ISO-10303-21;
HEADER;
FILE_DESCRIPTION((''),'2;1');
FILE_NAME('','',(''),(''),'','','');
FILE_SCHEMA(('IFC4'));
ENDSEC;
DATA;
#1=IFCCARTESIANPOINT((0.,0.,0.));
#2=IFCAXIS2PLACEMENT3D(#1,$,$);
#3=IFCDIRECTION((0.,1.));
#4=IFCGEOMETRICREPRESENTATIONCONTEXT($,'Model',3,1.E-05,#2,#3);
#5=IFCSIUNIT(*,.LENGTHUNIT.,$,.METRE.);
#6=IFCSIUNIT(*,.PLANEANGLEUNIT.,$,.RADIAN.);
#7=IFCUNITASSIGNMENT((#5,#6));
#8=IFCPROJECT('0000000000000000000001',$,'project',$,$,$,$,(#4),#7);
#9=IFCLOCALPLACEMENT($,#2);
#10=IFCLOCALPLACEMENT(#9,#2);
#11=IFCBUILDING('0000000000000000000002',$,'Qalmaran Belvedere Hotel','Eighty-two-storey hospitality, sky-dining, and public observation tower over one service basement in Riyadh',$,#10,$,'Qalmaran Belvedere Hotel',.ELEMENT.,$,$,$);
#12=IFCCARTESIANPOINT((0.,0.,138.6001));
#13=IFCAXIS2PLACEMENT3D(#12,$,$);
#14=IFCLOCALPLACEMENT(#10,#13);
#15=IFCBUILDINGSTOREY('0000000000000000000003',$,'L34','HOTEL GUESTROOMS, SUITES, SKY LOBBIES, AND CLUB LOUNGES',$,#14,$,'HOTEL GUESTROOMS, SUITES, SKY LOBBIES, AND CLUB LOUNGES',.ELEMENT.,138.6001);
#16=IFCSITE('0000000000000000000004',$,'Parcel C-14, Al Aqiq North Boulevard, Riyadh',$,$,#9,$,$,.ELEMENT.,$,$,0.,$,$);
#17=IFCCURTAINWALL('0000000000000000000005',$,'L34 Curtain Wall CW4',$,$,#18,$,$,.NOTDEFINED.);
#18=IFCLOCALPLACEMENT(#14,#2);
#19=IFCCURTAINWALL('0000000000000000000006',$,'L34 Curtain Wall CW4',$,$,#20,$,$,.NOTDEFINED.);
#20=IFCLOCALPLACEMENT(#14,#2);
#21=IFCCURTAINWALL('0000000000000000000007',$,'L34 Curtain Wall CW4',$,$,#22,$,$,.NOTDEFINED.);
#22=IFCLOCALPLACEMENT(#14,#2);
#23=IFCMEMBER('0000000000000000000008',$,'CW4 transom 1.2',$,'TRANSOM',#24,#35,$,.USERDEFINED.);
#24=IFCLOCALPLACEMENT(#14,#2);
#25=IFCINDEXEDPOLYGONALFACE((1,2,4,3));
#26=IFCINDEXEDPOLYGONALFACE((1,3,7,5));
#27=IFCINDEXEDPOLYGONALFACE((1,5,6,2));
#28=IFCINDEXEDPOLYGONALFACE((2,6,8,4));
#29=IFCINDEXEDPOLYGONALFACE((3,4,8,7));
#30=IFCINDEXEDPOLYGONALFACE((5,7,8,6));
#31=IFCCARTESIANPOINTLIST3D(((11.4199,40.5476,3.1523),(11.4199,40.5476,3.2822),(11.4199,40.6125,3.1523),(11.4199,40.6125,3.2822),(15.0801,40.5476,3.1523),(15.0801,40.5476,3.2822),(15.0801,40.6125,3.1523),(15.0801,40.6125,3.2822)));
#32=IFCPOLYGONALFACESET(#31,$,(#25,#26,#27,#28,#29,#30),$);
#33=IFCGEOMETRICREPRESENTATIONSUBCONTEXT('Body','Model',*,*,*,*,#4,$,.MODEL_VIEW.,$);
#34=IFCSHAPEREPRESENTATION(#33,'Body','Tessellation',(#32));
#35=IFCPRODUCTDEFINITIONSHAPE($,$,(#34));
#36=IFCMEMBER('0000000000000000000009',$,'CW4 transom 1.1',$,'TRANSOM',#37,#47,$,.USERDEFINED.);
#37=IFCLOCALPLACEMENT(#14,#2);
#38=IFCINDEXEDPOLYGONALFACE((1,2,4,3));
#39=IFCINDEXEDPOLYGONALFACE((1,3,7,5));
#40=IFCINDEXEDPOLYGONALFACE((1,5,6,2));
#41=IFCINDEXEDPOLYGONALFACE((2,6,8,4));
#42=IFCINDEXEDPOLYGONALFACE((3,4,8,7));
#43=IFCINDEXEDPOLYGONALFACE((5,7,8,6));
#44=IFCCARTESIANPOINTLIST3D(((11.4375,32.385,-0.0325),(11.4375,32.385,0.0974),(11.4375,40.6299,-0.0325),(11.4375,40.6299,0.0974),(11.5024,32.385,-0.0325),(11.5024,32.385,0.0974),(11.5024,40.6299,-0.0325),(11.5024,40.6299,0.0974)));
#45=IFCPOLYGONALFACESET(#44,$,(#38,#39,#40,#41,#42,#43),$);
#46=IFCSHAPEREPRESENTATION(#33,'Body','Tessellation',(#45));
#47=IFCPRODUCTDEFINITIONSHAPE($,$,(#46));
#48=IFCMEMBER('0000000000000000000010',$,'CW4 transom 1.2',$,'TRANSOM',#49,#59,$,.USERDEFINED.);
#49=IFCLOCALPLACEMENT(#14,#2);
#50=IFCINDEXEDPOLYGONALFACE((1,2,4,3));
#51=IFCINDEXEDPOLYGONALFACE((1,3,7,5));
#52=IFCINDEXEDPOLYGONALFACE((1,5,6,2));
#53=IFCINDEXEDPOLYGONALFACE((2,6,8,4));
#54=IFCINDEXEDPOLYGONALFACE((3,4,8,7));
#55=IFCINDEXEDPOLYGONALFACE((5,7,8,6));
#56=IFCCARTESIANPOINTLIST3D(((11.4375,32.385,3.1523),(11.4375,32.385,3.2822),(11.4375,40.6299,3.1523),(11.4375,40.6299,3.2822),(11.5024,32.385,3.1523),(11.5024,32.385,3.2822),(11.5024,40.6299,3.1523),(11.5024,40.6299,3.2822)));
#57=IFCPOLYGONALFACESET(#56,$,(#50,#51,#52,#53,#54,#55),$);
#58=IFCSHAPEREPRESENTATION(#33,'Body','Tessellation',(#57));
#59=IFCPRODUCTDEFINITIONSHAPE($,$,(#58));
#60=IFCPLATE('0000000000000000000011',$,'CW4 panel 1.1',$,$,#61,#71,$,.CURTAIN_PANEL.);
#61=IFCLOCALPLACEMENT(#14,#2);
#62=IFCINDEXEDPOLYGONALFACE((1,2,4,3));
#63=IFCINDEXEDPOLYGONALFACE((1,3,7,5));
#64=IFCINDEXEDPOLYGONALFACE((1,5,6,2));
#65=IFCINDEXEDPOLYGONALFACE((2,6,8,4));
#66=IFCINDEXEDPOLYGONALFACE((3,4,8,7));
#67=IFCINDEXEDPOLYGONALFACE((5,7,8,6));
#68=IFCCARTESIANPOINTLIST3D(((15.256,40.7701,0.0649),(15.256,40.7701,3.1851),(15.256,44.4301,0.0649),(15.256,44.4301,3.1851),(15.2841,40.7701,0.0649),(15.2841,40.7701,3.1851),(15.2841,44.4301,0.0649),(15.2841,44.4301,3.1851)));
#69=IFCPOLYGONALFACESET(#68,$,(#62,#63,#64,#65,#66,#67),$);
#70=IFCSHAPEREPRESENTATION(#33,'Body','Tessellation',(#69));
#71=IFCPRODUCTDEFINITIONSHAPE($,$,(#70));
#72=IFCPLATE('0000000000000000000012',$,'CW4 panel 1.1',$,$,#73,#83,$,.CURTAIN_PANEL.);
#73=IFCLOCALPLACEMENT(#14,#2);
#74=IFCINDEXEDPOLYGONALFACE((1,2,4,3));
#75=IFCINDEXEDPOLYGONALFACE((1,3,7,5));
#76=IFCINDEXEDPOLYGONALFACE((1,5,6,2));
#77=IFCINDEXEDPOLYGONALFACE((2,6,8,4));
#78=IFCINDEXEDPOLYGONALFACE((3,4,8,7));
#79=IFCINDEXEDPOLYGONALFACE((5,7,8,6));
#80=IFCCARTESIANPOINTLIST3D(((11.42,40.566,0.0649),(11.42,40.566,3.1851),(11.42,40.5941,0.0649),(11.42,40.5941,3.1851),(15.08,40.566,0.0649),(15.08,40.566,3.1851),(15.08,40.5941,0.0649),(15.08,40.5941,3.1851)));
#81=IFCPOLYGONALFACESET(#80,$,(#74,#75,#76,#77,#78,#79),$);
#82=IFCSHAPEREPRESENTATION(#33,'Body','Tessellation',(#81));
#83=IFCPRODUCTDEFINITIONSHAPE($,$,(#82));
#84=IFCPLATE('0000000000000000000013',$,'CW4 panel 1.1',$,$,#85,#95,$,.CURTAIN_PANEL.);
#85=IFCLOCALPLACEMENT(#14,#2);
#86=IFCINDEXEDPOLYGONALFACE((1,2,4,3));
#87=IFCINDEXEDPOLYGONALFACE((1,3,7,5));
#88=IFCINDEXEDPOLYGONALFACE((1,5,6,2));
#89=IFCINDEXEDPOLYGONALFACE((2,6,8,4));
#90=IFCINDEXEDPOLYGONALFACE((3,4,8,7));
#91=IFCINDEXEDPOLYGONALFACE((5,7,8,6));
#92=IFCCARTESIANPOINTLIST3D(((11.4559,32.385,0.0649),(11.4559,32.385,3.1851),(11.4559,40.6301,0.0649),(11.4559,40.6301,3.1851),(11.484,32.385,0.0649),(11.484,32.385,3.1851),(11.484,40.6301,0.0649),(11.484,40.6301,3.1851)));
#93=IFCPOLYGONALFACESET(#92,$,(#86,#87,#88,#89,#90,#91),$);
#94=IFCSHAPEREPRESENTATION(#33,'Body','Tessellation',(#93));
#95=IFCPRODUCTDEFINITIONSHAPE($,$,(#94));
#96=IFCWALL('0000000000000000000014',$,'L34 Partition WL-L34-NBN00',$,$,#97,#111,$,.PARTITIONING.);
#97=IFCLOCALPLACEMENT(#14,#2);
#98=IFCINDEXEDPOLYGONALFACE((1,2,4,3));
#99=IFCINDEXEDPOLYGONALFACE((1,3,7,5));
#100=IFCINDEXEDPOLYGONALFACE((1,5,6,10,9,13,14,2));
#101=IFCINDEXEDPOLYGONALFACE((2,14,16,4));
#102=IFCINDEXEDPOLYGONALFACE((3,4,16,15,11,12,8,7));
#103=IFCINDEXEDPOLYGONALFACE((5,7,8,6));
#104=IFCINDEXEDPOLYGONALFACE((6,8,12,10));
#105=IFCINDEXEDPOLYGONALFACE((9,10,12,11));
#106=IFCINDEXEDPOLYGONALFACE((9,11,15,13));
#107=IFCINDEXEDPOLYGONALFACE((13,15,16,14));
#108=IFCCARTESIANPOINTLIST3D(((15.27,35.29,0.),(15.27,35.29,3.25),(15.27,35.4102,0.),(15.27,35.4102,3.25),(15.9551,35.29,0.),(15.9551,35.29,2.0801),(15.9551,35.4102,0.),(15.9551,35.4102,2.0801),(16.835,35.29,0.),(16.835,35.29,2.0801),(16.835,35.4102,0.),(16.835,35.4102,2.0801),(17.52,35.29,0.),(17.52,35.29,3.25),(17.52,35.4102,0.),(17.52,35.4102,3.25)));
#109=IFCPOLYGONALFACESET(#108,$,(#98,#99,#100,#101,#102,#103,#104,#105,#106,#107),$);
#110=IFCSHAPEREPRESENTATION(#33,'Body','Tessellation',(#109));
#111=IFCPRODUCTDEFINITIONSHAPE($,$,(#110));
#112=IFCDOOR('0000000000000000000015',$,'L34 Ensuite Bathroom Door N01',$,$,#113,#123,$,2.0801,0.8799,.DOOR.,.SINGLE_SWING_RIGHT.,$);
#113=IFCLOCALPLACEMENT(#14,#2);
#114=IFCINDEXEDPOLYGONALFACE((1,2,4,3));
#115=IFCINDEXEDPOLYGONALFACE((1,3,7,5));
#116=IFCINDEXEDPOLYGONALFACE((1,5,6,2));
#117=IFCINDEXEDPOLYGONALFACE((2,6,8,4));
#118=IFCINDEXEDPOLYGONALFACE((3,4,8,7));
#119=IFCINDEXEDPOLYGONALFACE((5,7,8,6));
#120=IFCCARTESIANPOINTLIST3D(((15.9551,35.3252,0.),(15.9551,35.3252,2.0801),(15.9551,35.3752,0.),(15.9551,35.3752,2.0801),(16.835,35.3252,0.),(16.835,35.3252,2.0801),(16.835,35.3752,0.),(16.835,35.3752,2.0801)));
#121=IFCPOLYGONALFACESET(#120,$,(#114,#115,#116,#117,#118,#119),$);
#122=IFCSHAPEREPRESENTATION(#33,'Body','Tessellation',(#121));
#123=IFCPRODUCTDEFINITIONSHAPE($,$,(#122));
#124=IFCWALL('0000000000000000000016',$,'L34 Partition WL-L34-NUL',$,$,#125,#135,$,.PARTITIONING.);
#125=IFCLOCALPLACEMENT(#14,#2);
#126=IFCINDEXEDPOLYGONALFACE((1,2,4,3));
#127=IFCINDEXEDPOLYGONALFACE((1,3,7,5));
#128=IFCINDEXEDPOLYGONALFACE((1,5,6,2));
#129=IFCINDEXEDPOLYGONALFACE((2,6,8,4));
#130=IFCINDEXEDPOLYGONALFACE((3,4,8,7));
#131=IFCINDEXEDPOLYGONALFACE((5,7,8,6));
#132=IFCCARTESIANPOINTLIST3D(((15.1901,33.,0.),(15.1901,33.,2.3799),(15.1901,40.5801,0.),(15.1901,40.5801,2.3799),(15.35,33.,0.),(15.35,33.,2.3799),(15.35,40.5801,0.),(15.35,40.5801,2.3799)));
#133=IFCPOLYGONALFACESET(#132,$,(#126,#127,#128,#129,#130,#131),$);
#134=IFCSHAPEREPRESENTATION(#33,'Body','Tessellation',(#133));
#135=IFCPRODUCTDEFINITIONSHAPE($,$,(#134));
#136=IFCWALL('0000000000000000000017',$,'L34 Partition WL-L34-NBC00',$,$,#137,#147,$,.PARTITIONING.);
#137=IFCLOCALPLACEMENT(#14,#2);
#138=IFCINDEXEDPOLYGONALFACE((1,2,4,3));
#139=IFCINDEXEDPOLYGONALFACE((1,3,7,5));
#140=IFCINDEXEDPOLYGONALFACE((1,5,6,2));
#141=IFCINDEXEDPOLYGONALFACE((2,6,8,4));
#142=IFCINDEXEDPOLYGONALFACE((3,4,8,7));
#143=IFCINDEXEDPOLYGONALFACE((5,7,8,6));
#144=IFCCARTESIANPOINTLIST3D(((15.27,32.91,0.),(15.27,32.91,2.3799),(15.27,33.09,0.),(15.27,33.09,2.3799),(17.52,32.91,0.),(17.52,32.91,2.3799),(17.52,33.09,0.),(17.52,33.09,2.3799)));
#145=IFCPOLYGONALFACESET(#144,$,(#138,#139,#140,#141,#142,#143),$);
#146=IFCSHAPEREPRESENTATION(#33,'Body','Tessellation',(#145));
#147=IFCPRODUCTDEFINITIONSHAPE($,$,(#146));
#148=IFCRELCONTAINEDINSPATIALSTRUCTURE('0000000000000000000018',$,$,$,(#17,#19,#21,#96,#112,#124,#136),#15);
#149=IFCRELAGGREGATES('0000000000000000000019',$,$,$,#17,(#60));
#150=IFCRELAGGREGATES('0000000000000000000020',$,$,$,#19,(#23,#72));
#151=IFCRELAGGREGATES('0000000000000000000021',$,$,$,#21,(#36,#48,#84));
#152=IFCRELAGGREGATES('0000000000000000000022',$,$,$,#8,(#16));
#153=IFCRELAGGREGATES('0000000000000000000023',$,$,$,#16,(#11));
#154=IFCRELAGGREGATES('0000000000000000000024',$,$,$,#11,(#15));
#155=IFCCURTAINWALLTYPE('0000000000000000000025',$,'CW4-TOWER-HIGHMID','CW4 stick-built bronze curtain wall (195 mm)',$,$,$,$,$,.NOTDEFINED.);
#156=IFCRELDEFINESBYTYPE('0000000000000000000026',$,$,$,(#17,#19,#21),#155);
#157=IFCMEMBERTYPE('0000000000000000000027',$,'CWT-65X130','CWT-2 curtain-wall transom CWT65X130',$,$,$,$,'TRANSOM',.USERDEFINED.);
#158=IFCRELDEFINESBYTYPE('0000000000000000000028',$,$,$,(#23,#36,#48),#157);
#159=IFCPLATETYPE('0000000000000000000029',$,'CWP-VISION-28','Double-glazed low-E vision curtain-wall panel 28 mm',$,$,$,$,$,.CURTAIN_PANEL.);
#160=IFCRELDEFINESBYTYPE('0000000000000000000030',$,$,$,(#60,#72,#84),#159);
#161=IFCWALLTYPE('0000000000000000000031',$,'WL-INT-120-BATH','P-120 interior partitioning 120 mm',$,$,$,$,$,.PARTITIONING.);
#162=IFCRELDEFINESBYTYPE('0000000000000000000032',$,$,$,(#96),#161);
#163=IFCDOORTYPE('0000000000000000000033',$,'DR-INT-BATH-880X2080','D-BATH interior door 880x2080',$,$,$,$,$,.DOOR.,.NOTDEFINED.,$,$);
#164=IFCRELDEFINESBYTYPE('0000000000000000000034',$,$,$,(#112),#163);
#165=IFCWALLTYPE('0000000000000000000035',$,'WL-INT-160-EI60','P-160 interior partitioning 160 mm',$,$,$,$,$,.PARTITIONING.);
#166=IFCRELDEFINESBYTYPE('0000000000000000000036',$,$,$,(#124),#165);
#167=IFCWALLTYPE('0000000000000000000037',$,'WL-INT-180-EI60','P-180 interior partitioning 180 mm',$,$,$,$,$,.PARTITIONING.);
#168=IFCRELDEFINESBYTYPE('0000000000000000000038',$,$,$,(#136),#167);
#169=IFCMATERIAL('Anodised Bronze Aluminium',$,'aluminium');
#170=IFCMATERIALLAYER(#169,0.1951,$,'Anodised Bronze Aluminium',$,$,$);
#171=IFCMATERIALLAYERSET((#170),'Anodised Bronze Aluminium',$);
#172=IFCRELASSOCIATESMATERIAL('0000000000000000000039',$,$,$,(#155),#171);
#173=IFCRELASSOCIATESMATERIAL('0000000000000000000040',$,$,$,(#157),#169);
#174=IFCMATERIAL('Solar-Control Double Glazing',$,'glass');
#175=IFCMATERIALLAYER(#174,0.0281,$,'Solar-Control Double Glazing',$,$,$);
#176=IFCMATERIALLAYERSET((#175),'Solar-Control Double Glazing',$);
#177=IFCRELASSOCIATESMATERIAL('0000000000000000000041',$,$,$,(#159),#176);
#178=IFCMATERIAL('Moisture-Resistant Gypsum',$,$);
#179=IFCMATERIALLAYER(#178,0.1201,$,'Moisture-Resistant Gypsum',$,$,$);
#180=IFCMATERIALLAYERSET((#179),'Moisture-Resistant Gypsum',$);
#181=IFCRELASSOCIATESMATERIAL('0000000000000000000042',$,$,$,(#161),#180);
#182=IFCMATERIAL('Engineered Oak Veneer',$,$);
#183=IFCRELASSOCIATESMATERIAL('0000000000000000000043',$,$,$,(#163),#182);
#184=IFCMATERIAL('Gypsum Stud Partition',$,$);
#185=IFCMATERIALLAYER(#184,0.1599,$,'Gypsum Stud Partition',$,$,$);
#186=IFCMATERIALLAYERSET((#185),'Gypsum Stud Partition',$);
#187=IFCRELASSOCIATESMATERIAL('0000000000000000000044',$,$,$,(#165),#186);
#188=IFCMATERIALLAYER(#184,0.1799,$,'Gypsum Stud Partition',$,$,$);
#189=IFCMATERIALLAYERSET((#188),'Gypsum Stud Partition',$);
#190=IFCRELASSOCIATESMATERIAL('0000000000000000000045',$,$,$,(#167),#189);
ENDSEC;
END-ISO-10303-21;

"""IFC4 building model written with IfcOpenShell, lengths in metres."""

from ifc_helpers import new_model, si_unit, direction, frame, frame_2d, origin, origin_2d, place, context, subcontext, project, spatial, rectangle, extrude, material, layer, layer_set, material_profile, profile_set, type_object, element, fill, aggregate, save


model = new_model("IFC4")

# Units and contexts
model_context = context("Model", 3, precision=1e-05, world=origin(), true_north=direction((0.0, 1.0)))
body_context = subcontext(model_context, "Body", "Model", "MODEL_VIEW")
ifc_project = project(units=[si_unit("LENGTHUNIT", "METRE"), si_unit("PLANEANGLEUNIT", "RADIAN")], contexts=[model_context])

# Site, building, storey
site_placement = place(None, origin())
site = spatial("IfcSite", under=ifc_project, at=site_placement, Name="Parcel C-14, Al Aqiq North Boulevard, Riyadh", CompositionType="ELEMENT", RefElevation=0.0)
building_placement = place(site_placement, origin())
building = spatial("IfcBuilding", under=site, at=building_placement, Name="Qalmaran Belvedere Hotel", Description="Eighty-two-storey hospitality, sky-dining, and public observation tower over one service basement in Riyadh", LongName="Qalmaran Belvedere Hotel", CompositionType="ELEMENT")
storey_placement = place(building_placement, frame((0.0, 0.0, 138.6001)))
storey = spatial("IfcBuildingStorey", under=building, at=storey_placement, Name="L34", Description="HOTEL GUESTROOMS, SUITES, SKY LOBBIES, AND CLUB LOUNGES", LongName="HOTEL GUESTROOMS, SUITES, SKY LOBBIES, AND CLUB LOUNGES", CompositionType="ELEMENT", Elevation=138.6001)

# Shared definitions
ifc_material_1 = material(Name="Anodised Bronze Aluminium", Category="aluminium")
ifc_layer_1 = layer(ifc_material_1, 0.1951, Name="Anodised Bronze Aluminium")
ifc_layer_set_1 = layer_set([ifc_layer_1], Name="Anodised Bronze Aluminium")
curtain_wall_type = type_object("IfcCurtainWallType", Name="CW4-TOWER-HIGHMID", Description="CW4 stick-built bronze curtain wall (195 mm)", PredefinedType="NOTDEFINED", material=ifc_layer_set_1)

# Curtain walls
curtain_wall_1_placement = place(storey_placement, origin())
curtain_wall_1 = element("IfcCurtainWall", 1, at=curtain_wall_1_placement, inside=storey, type_object=curtain_wall_type, Name="L34 Curtain Wall CW4", PredefinedType="NOTDEFINED")
curtain_wall_2_placement = place(storey_placement, origin())
curtain_wall_2 = element("IfcCurtainWall", 2, at=curtain_wall_2_placement, inside=storey, type_object=curtain_wall_type, Name="L34 Curtain Wall CW4", PredefinedType="NOTDEFINED")

# Curtain wall
curtain_wall_3_placement = place(storey_placement, origin())
curtain_wall_3 = element("IfcCurtainWall", 3, at=curtain_wall_3_placement, inside=storey, type_object=curtain_wall_type, Name="L34 Curtain Wall CW4", PredefinedType="NOTDEFINED")

# Members
ifc_material_profile_1 = material_profile(ifc_material_1, rectangle(XDim=0.0649, YDim=0.1299, at=origin_2d()), Name="CWT65X130")
ifc_profile_set_1 = profile_set([ifc_material_profile_1], Name="Anodised Bronze Aluminium")
member_type_1 = type_object("IfcMemberType", Name="CWT-65X130", Description="CWT-2 curtain-wall transom CWT65X130", ElementType="TRANSOM", PredefinedType="USERDEFINED", material=ifc_profile_set_1)
member_1_placement = place(storey_placement, frame((15.0801, 40.5801, 3.2173), z_axis=(-1.0, 0.0, 0.0), x_axis=(0.0, -1.0, 0.0)))
member_1 = element("IfcMember", 4, at=member_1_placement, type_object=member_type_1, Name="CW4 transom 1.2", ObjectType="TRANSOM", PredefinedType="USERDEFINED", context=body_context, shape_type="SweptSolid", body=[
    extrude(rectangle(XDim=0.0649, YDim=0.1299, at=origin_2d()), origin(), (0.0, 0.0, 1.0), 3.6602),
])
member_2_placement = place(storey_placement, frame((11.47, 40.6299, 0.0325), z_axis=(0.0, -1.0, 0.0), x_axis=(1.0, 0.0, 0.0)))
member_2 = element("IfcMember", 5, at=member_2_placement, type_object=member_type_1, Name="CW4 transom 1.1", ObjectType="TRANSOM", PredefinedType="USERDEFINED", context=body_context, shape_type="SweptSolid", body=[
    extrude(rectangle(XDim=0.0649, YDim=0.1299, at=origin_2d()), origin(), (0.0, 0.0, 1.0), 8.2449),
])
member_3_placement = place(storey_placement, frame((11.47, 40.6299, 3.2173), z_axis=(0.0, -1.0, 0.0), x_axis=(1.0, 0.0, 0.0)))
member_3 = element("IfcMember", 6, at=member_3_placement, type_object=member_type_1, Name="CW4 transom 1.2", ObjectType="TRANSOM", PredefinedType="USERDEFINED", context=body_context, shape_type="SweptSolid", body=[
    extrude(rectangle(XDim=0.0649, YDim=0.1299, at=origin_2d()), origin(), (0.0, 0.0, 1.0), 8.2449),
])

# Plates
ifc_material_2 = material(Name="Solar-Control Double Glazing", Category="glass")
ifc_layer_2 = layer(ifc_material_2, 0.0281, Name="Solar-Control Double Glazing")
ifc_layer_set_2 = layer_set([ifc_layer_2], Name="Solar-Control Double Glazing")
plate_type = type_object("IfcPlateType", Name="CWP-VISION-28", Description="Double-glazed low-E vision curtain-wall panel 28 mm", PredefinedType="CURTAIN_PANEL", material=ifc_layer_set_2)
plate_1_placement = place(storey_placement, frame((15.27, 42.6001, 0.0649), z_axis=(0.0, 0.0, 1.0), x_axis=(0.0, -1.0, 0.0)))
plate_1 = element("IfcPlate", 7, at=plate_1_placement, type_object=plate_type, Name="CW4 panel 1.1", PredefinedType="CURTAIN_PANEL", context=body_context, shape_type="SweptSolid", body=[
    extrude(rectangle(XDim=3.6599, YDim=0.0281, at=origin_2d()), origin(), (0.0, 0.0, 1.0), 3.1201),
])
aggregate(curtain_wall_1, [plate_1])
plate_2_placement = place(storey_placement, frame((13.25, 40.5801, 0.0649), z_axis=(0.0, 0.0, 1.0), x_axis=(-1.0, 0.0, 0.0)))
plate_2 = element("IfcPlate", 8, at=plate_2_placement, type_object=plate_type, Name="CW4 panel 1.1", PredefinedType="CURTAIN_PANEL", context=body_context, shape_type="SweptSolid", body=[
    extrude(rectangle(XDim=3.6599, YDim=0.0281, at=origin_2d()), origin(), (0.0, 0.0, 1.0), 3.1201),
])
aggregate(curtain_wall_2, [member_1, plate_2])
plate_3_placement = place(storey_placement, frame((11.47, 36.5076, 0.0649), z_axis=(0.0, 0.0, 1.0), x_axis=(0.0, -1.0, 0.0)))
plate_3 = element("IfcPlate", 9, at=plate_3_placement, type_object=plate_type, Name="CW4 panel 1.1", PredefinedType="CURTAIN_PANEL", context=body_context, shape_type="SweptSolid", body=[
    extrude(rectangle(XDim=8.2451, YDim=0.0281, at=origin_2d()), origin(), (0.0, 0.0, 1.0), 3.1201),
])
aggregate(curtain_wall_3, [member_2, member_3, plate_3])

# Wall, opening, door
ifc_material_3 = material(Name="Moisture-Resistant Gypsum")
ifc_layer_3 = layer(ifc_material_3, 0.1201, Name="Moisture-Resistant Gypsum")
ifc_layer_set_3 = layer_set([ifc_layer_3], Name="Moisture-Resistant Gypsum")
wall_type_1 = type_object("IfcWallType", Name="WL-INT-120-BATH", Description="P-120 interior partitioning 120 mm", PredefinedType="PARTITIONING", material=ifc_layer_set_3)
wall_1_placement = place(storey_placement, frame((15.27, 35.3501, 0.0), z_axis=(0.0, 0.0, 1.0), x_axis=(1.0, 0.0, 0.0)))
wall_1 = element("IfcWall", 10, at=wall_1_placement, inside=storey, type_object=wall_type_1, Name="L34 Partition WL-L34-NBN00", PredefinedType="PARTITIONING", context=body_context, shape_type="SweptSolid", body=[
    extrude(rectangle(XDim=2.25, YDim=0.1201, at=frame_2d((1.125, 0.0))), origin(), (0.0, 0.0, 1.0), 3.25),
])
opening_placement = place(wall_1_placement, frame((1.5649, 0.0, 0.0), z_axis=(0.0, 0.0, 1.0), x_axis=(-1.0, 0.0, 0.0)))
opening = element("IfcOpeningElement", 11, at=opening_placement, cuts=wall_1, PredefinedType="OPENING", context=body_context, shape_type="SweptSolid", body=[
    extrude(rectangle(XDim=0.8799, YDim=2.0801, at=frame_2d((0.4399, 1.04))), frame((0.0, 0.0701, 0.0), z_axis=(0.0, -1.0, 0.0), x_axis=(1.0, 0.0, 0.0)), (0.0, 0.0, 1.0), 0.1401),
])
ifc_material_4 = material(Name="Engineered Oak Veneer")
door_type = type_object("IfcDoorType", Name="DR-INT-BATH-880X2080", Description="D-BATH interior door 880x2080", OperationType="NOTDEFINED", PredefinedType="DOOR", material=ifc_material_4)
door_placement = place(opening_placement, origin())
door = element("IfcDoor", 12, at=door_placement, inside=storey, type_object=door_type, Name="L34 Ensuite Bathroom Door N01", OperationType="SINGLE_SWING_RIGHT", OverallHeight=2.0801, OverallWidth=0.8799, PredefinedType="DOOR", context=body_context, shape_type="SweptSolid", body=[
    extrude(rectangle(XDim=0.8799, YDim=2.0801, at=frame_2d((0.4399, 1.04))), frame((0.0, 0.0249, 0.0), z_axis=(0.0, -1.0, 0.0), x_axis=(1.0, 0.0, 0.0)), (0.0, 0.0, 1.0), 0.05),
])
fill(opening, door)

# Walls
ifc_material_5 = material(Name="Gypsum Stud Partition")
ifc_layer_4 = layer(ifc_material_5, 0.1599, Name="Gypsum Stud Partition")
ifc_layer_set_4 = layer_set([ifc_layer_4], Name="Gypsum Stud Partition")
wall_type_2 = type_object("IfcWallType", Name="WL-INT-160-EI60", Description="P-160 interior partitioning 160 mm", PredefinedType="PARTITIONING", material=ifc_layer_set_4)
wall_2_placement = place(storey_placement, frame((15.27, 33.0, 0.0), z_axis=(0.0, 0.0, 1.0), x_axis=(0.0, 1.0, 0.0)))
element("IfcWall", 13, at=wall_2_placement, inside=storey, type_object=wall_type_2, Name="L34 Partition WL-L34-NUL", PredefinedType="PARTITIONING", context=body_context, shape_type="SweptSolid", body=[
    extrude(rectangle(XDim=7.5801, YDim=0.1599, at=frame_2d((3.79, 0.0))), origin(), (0.0, 0.0, 1.0), 2.3799),
])
ifc_layer_5 = layer(ifc_material_5, 0.1799, Name="Gypsum Stud Partition")
ifc_layer_set_5 = layer_set([ifc_layer_5], Name="Gypsum Stud Partition")
wall_type_3 = type_object("IfcWallType", Name="WL-INT-180-EI60", Description="P-180 interior partitioning 180 mm", PredefinedType="PARTITIONING", material=ifc_layer_set_5)
wall_3_placement = place(storey_placement, frame((15.27, 33.0, 0.0), z_axis=(0.0, 0.0, 1.0), x_axis=(1.0, 0.0, 0.0)))
element("IfcWall", 14, at=wall_3_placement, inside=storey, type_object=wall_type_3, Name="L34 Partition WL-L34-NBC00", PredefinedType="PARTITIONING", context=body_context, shape_type="SweptSolid", body=[
    extrude(rectangle(XDim=2.25, YDim=0.1799, at=frame_2d((1.125, 0.0))), origin(), (0.0, 0.0, 1.0), 2.3799),
])

save(model, "model.ifc")
